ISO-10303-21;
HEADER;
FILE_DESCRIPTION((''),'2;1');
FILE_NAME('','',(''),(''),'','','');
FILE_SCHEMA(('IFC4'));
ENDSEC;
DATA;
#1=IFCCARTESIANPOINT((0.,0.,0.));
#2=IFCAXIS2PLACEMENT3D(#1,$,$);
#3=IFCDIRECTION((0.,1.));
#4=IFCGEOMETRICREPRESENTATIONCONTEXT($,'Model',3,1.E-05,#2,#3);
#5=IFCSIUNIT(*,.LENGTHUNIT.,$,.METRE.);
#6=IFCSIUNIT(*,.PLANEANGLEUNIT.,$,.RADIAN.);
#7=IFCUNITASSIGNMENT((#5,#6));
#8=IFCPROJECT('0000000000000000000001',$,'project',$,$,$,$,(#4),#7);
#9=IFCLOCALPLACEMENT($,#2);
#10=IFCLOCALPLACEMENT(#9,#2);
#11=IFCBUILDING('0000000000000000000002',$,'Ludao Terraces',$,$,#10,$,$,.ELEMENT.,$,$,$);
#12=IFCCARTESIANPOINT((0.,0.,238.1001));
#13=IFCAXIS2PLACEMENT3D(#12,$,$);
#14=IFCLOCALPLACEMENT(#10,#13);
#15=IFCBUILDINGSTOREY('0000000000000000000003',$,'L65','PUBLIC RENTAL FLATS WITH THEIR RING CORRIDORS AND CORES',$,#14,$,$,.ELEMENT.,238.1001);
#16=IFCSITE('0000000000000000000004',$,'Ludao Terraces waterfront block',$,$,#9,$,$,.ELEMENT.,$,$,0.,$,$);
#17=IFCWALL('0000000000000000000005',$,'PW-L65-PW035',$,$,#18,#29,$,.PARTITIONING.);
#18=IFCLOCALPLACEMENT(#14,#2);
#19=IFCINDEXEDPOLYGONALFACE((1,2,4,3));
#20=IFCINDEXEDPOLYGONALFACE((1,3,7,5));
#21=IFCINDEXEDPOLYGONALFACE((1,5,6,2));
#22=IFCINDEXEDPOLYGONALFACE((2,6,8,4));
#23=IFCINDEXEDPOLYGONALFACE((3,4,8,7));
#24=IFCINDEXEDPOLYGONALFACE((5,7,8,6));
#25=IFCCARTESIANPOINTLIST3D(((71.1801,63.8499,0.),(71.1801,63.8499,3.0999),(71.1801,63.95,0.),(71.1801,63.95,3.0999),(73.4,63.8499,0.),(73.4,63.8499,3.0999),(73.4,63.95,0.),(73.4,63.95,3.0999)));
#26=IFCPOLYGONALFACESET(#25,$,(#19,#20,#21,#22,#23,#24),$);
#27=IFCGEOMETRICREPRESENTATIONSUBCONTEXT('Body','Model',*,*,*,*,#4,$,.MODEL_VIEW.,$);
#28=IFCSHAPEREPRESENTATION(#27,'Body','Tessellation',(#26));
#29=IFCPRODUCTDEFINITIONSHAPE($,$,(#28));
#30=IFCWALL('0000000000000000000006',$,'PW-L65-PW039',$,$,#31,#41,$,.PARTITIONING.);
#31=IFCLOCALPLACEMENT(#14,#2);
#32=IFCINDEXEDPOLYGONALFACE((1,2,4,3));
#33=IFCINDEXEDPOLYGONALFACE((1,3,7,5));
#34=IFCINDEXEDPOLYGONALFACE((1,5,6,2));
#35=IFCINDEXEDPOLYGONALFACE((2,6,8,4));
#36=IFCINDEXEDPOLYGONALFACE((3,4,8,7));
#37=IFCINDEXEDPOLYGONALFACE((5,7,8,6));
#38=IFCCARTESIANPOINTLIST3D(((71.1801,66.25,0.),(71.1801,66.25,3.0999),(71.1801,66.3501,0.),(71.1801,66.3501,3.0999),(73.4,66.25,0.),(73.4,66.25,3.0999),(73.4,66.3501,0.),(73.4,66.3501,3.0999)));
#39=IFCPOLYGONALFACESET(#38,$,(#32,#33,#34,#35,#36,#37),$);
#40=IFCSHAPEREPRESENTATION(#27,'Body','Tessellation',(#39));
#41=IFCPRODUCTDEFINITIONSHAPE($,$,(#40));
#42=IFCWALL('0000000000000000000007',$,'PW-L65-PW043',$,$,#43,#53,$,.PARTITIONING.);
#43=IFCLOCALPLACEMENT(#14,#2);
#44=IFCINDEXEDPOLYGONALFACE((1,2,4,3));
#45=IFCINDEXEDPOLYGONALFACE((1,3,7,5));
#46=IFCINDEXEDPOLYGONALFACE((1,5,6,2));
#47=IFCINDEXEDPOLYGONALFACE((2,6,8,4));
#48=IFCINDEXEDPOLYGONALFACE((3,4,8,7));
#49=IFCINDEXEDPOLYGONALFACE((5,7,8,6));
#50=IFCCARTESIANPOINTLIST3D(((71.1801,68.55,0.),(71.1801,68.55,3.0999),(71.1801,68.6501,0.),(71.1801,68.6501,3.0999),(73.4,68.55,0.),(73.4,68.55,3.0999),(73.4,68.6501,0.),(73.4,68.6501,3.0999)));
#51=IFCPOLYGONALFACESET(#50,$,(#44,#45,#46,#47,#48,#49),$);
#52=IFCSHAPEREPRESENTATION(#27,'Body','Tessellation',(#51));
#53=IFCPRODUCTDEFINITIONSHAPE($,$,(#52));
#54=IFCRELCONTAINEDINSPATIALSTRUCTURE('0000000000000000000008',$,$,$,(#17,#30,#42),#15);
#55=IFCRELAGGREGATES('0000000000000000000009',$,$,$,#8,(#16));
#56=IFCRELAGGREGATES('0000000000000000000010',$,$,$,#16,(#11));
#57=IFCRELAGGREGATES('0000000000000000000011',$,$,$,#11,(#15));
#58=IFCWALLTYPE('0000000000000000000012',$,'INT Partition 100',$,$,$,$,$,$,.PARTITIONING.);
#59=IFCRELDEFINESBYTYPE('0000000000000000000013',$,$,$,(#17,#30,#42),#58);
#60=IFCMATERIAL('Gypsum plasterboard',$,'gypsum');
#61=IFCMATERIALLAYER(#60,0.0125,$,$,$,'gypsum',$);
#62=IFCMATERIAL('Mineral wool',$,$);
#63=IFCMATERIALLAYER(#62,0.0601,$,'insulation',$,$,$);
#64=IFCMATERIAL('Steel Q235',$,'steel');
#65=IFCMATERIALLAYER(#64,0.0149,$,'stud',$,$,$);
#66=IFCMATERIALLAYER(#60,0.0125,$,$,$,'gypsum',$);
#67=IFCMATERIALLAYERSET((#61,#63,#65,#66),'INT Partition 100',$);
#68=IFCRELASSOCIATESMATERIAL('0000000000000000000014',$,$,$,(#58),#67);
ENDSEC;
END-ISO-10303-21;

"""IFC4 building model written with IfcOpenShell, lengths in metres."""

from ifc_helpers import new_model, si_unit, direction, frame, frame_2d, origin, place, context, subcontext, project, spatial, rectangle, extrude, material, layer, layer_set, type_object, element, save


model = new_model("IFC4")

# Units and contexts
model_context = context("Model", 3, precision=1e-05, world=origin(), true_north=direction((0.0, 1.0)))
body_context = subcontext(model_context, "Body", "Model", "MODEL_VIEW")
ifc_project = project(units=[si_unit("LENGTHUNIT", "METRE"), si_unit("PLANEANGLEUNIT", "RADIAN")], contexts=[model_context])

# Site, building, storey
site_placement = place(None, origin())
site = spatial("IfcSite", under=ifc_project, at=site_placement, Name="Ludao Terraces waterfront block", CompositionType="ELEMENT", RefElevation=0.0)
building_placement = place(site_placement, origin())
building = spatial("IfcBuilding", under=site, at=building_placement, Name="Ludao Terraces", CompositionType="ELEMENT")
storey_placement = place(building_placement, frame((0.0, 0.0, 238.1001)))
storey = spatial("IfcBuildingStorey", under=building, at=storey_placement, Name="L65", Description="PUBLIC RENTAL FLATS WITH THEIR RING CORRIDORS AND CORES", CompositionType="ELEMENT", Elevation=238.1001)

# Walls
ifc_material_1 = material(Name="Gypsum plasterboard", Category="gypsum")
ifc_layer_1 = layer(ifc_material_1, 0.0125, Category="gypsum")
ifc_material_2 = material(Name="Mineral wool")
ifc_layer_2 = layer(ifc_material_2, 0.0601, Name="insulation")
ifc_material_3 = material(Name="Steel Q235", Category="steel")
ifc_layer_3 = layer(ifc_material_3, 0.0149, Name="stud")
ifc_layer_4 = layer(ifc_material_1, 0.0125, Category="gypsum")
ifc_layer_set_1 = layer_set([ifc_layer_1, ifc_layer_2, ifc_layer_3, ifc_layer_4], Name="INT Partition 100")
wall_type_1 = type_object("IfcWallType", Name="INT Partition 100", PredefinedType="PARTITIONING", material=ifc_layer_set_1)
for number, where, z_axis, x_axis, name in (
    (1, (71.1802, 63.8999, 0.0), (0.0, 0.0, 1.0), (1.0, 0.0, 0.0), "PW-L65-PW035"),
    (2, (71.1802, 66.3, 0.0), (0.0, 0.0, 1.0), (1.0, 0.0, 0.0), "PW-L65-PW039"),
    (3, (71.1802, 68.6001, 0.0), (0.0, 0.0, 1.0), (1.0, 0.0, 0.0), "PW-L65-PW043"),
):
    element("IfcWall", number, at=place(storey_placement, frame(where, z_axis=z_axis, x_axis=x_axis)), inside=storey, type_object=wall_type_1, Name=name, PredefinedType="PARTITIONING", context=body_context, shape_type="SweptSolid", body=[
        extrude(rectangle(XDim=2.22, YDim=0.1001, at=frame_2d((1.1099, 0.0))), origin(), (0.0, 0.0, 1.0), 3.0999),
    ])

save(model, "model.ifc")
